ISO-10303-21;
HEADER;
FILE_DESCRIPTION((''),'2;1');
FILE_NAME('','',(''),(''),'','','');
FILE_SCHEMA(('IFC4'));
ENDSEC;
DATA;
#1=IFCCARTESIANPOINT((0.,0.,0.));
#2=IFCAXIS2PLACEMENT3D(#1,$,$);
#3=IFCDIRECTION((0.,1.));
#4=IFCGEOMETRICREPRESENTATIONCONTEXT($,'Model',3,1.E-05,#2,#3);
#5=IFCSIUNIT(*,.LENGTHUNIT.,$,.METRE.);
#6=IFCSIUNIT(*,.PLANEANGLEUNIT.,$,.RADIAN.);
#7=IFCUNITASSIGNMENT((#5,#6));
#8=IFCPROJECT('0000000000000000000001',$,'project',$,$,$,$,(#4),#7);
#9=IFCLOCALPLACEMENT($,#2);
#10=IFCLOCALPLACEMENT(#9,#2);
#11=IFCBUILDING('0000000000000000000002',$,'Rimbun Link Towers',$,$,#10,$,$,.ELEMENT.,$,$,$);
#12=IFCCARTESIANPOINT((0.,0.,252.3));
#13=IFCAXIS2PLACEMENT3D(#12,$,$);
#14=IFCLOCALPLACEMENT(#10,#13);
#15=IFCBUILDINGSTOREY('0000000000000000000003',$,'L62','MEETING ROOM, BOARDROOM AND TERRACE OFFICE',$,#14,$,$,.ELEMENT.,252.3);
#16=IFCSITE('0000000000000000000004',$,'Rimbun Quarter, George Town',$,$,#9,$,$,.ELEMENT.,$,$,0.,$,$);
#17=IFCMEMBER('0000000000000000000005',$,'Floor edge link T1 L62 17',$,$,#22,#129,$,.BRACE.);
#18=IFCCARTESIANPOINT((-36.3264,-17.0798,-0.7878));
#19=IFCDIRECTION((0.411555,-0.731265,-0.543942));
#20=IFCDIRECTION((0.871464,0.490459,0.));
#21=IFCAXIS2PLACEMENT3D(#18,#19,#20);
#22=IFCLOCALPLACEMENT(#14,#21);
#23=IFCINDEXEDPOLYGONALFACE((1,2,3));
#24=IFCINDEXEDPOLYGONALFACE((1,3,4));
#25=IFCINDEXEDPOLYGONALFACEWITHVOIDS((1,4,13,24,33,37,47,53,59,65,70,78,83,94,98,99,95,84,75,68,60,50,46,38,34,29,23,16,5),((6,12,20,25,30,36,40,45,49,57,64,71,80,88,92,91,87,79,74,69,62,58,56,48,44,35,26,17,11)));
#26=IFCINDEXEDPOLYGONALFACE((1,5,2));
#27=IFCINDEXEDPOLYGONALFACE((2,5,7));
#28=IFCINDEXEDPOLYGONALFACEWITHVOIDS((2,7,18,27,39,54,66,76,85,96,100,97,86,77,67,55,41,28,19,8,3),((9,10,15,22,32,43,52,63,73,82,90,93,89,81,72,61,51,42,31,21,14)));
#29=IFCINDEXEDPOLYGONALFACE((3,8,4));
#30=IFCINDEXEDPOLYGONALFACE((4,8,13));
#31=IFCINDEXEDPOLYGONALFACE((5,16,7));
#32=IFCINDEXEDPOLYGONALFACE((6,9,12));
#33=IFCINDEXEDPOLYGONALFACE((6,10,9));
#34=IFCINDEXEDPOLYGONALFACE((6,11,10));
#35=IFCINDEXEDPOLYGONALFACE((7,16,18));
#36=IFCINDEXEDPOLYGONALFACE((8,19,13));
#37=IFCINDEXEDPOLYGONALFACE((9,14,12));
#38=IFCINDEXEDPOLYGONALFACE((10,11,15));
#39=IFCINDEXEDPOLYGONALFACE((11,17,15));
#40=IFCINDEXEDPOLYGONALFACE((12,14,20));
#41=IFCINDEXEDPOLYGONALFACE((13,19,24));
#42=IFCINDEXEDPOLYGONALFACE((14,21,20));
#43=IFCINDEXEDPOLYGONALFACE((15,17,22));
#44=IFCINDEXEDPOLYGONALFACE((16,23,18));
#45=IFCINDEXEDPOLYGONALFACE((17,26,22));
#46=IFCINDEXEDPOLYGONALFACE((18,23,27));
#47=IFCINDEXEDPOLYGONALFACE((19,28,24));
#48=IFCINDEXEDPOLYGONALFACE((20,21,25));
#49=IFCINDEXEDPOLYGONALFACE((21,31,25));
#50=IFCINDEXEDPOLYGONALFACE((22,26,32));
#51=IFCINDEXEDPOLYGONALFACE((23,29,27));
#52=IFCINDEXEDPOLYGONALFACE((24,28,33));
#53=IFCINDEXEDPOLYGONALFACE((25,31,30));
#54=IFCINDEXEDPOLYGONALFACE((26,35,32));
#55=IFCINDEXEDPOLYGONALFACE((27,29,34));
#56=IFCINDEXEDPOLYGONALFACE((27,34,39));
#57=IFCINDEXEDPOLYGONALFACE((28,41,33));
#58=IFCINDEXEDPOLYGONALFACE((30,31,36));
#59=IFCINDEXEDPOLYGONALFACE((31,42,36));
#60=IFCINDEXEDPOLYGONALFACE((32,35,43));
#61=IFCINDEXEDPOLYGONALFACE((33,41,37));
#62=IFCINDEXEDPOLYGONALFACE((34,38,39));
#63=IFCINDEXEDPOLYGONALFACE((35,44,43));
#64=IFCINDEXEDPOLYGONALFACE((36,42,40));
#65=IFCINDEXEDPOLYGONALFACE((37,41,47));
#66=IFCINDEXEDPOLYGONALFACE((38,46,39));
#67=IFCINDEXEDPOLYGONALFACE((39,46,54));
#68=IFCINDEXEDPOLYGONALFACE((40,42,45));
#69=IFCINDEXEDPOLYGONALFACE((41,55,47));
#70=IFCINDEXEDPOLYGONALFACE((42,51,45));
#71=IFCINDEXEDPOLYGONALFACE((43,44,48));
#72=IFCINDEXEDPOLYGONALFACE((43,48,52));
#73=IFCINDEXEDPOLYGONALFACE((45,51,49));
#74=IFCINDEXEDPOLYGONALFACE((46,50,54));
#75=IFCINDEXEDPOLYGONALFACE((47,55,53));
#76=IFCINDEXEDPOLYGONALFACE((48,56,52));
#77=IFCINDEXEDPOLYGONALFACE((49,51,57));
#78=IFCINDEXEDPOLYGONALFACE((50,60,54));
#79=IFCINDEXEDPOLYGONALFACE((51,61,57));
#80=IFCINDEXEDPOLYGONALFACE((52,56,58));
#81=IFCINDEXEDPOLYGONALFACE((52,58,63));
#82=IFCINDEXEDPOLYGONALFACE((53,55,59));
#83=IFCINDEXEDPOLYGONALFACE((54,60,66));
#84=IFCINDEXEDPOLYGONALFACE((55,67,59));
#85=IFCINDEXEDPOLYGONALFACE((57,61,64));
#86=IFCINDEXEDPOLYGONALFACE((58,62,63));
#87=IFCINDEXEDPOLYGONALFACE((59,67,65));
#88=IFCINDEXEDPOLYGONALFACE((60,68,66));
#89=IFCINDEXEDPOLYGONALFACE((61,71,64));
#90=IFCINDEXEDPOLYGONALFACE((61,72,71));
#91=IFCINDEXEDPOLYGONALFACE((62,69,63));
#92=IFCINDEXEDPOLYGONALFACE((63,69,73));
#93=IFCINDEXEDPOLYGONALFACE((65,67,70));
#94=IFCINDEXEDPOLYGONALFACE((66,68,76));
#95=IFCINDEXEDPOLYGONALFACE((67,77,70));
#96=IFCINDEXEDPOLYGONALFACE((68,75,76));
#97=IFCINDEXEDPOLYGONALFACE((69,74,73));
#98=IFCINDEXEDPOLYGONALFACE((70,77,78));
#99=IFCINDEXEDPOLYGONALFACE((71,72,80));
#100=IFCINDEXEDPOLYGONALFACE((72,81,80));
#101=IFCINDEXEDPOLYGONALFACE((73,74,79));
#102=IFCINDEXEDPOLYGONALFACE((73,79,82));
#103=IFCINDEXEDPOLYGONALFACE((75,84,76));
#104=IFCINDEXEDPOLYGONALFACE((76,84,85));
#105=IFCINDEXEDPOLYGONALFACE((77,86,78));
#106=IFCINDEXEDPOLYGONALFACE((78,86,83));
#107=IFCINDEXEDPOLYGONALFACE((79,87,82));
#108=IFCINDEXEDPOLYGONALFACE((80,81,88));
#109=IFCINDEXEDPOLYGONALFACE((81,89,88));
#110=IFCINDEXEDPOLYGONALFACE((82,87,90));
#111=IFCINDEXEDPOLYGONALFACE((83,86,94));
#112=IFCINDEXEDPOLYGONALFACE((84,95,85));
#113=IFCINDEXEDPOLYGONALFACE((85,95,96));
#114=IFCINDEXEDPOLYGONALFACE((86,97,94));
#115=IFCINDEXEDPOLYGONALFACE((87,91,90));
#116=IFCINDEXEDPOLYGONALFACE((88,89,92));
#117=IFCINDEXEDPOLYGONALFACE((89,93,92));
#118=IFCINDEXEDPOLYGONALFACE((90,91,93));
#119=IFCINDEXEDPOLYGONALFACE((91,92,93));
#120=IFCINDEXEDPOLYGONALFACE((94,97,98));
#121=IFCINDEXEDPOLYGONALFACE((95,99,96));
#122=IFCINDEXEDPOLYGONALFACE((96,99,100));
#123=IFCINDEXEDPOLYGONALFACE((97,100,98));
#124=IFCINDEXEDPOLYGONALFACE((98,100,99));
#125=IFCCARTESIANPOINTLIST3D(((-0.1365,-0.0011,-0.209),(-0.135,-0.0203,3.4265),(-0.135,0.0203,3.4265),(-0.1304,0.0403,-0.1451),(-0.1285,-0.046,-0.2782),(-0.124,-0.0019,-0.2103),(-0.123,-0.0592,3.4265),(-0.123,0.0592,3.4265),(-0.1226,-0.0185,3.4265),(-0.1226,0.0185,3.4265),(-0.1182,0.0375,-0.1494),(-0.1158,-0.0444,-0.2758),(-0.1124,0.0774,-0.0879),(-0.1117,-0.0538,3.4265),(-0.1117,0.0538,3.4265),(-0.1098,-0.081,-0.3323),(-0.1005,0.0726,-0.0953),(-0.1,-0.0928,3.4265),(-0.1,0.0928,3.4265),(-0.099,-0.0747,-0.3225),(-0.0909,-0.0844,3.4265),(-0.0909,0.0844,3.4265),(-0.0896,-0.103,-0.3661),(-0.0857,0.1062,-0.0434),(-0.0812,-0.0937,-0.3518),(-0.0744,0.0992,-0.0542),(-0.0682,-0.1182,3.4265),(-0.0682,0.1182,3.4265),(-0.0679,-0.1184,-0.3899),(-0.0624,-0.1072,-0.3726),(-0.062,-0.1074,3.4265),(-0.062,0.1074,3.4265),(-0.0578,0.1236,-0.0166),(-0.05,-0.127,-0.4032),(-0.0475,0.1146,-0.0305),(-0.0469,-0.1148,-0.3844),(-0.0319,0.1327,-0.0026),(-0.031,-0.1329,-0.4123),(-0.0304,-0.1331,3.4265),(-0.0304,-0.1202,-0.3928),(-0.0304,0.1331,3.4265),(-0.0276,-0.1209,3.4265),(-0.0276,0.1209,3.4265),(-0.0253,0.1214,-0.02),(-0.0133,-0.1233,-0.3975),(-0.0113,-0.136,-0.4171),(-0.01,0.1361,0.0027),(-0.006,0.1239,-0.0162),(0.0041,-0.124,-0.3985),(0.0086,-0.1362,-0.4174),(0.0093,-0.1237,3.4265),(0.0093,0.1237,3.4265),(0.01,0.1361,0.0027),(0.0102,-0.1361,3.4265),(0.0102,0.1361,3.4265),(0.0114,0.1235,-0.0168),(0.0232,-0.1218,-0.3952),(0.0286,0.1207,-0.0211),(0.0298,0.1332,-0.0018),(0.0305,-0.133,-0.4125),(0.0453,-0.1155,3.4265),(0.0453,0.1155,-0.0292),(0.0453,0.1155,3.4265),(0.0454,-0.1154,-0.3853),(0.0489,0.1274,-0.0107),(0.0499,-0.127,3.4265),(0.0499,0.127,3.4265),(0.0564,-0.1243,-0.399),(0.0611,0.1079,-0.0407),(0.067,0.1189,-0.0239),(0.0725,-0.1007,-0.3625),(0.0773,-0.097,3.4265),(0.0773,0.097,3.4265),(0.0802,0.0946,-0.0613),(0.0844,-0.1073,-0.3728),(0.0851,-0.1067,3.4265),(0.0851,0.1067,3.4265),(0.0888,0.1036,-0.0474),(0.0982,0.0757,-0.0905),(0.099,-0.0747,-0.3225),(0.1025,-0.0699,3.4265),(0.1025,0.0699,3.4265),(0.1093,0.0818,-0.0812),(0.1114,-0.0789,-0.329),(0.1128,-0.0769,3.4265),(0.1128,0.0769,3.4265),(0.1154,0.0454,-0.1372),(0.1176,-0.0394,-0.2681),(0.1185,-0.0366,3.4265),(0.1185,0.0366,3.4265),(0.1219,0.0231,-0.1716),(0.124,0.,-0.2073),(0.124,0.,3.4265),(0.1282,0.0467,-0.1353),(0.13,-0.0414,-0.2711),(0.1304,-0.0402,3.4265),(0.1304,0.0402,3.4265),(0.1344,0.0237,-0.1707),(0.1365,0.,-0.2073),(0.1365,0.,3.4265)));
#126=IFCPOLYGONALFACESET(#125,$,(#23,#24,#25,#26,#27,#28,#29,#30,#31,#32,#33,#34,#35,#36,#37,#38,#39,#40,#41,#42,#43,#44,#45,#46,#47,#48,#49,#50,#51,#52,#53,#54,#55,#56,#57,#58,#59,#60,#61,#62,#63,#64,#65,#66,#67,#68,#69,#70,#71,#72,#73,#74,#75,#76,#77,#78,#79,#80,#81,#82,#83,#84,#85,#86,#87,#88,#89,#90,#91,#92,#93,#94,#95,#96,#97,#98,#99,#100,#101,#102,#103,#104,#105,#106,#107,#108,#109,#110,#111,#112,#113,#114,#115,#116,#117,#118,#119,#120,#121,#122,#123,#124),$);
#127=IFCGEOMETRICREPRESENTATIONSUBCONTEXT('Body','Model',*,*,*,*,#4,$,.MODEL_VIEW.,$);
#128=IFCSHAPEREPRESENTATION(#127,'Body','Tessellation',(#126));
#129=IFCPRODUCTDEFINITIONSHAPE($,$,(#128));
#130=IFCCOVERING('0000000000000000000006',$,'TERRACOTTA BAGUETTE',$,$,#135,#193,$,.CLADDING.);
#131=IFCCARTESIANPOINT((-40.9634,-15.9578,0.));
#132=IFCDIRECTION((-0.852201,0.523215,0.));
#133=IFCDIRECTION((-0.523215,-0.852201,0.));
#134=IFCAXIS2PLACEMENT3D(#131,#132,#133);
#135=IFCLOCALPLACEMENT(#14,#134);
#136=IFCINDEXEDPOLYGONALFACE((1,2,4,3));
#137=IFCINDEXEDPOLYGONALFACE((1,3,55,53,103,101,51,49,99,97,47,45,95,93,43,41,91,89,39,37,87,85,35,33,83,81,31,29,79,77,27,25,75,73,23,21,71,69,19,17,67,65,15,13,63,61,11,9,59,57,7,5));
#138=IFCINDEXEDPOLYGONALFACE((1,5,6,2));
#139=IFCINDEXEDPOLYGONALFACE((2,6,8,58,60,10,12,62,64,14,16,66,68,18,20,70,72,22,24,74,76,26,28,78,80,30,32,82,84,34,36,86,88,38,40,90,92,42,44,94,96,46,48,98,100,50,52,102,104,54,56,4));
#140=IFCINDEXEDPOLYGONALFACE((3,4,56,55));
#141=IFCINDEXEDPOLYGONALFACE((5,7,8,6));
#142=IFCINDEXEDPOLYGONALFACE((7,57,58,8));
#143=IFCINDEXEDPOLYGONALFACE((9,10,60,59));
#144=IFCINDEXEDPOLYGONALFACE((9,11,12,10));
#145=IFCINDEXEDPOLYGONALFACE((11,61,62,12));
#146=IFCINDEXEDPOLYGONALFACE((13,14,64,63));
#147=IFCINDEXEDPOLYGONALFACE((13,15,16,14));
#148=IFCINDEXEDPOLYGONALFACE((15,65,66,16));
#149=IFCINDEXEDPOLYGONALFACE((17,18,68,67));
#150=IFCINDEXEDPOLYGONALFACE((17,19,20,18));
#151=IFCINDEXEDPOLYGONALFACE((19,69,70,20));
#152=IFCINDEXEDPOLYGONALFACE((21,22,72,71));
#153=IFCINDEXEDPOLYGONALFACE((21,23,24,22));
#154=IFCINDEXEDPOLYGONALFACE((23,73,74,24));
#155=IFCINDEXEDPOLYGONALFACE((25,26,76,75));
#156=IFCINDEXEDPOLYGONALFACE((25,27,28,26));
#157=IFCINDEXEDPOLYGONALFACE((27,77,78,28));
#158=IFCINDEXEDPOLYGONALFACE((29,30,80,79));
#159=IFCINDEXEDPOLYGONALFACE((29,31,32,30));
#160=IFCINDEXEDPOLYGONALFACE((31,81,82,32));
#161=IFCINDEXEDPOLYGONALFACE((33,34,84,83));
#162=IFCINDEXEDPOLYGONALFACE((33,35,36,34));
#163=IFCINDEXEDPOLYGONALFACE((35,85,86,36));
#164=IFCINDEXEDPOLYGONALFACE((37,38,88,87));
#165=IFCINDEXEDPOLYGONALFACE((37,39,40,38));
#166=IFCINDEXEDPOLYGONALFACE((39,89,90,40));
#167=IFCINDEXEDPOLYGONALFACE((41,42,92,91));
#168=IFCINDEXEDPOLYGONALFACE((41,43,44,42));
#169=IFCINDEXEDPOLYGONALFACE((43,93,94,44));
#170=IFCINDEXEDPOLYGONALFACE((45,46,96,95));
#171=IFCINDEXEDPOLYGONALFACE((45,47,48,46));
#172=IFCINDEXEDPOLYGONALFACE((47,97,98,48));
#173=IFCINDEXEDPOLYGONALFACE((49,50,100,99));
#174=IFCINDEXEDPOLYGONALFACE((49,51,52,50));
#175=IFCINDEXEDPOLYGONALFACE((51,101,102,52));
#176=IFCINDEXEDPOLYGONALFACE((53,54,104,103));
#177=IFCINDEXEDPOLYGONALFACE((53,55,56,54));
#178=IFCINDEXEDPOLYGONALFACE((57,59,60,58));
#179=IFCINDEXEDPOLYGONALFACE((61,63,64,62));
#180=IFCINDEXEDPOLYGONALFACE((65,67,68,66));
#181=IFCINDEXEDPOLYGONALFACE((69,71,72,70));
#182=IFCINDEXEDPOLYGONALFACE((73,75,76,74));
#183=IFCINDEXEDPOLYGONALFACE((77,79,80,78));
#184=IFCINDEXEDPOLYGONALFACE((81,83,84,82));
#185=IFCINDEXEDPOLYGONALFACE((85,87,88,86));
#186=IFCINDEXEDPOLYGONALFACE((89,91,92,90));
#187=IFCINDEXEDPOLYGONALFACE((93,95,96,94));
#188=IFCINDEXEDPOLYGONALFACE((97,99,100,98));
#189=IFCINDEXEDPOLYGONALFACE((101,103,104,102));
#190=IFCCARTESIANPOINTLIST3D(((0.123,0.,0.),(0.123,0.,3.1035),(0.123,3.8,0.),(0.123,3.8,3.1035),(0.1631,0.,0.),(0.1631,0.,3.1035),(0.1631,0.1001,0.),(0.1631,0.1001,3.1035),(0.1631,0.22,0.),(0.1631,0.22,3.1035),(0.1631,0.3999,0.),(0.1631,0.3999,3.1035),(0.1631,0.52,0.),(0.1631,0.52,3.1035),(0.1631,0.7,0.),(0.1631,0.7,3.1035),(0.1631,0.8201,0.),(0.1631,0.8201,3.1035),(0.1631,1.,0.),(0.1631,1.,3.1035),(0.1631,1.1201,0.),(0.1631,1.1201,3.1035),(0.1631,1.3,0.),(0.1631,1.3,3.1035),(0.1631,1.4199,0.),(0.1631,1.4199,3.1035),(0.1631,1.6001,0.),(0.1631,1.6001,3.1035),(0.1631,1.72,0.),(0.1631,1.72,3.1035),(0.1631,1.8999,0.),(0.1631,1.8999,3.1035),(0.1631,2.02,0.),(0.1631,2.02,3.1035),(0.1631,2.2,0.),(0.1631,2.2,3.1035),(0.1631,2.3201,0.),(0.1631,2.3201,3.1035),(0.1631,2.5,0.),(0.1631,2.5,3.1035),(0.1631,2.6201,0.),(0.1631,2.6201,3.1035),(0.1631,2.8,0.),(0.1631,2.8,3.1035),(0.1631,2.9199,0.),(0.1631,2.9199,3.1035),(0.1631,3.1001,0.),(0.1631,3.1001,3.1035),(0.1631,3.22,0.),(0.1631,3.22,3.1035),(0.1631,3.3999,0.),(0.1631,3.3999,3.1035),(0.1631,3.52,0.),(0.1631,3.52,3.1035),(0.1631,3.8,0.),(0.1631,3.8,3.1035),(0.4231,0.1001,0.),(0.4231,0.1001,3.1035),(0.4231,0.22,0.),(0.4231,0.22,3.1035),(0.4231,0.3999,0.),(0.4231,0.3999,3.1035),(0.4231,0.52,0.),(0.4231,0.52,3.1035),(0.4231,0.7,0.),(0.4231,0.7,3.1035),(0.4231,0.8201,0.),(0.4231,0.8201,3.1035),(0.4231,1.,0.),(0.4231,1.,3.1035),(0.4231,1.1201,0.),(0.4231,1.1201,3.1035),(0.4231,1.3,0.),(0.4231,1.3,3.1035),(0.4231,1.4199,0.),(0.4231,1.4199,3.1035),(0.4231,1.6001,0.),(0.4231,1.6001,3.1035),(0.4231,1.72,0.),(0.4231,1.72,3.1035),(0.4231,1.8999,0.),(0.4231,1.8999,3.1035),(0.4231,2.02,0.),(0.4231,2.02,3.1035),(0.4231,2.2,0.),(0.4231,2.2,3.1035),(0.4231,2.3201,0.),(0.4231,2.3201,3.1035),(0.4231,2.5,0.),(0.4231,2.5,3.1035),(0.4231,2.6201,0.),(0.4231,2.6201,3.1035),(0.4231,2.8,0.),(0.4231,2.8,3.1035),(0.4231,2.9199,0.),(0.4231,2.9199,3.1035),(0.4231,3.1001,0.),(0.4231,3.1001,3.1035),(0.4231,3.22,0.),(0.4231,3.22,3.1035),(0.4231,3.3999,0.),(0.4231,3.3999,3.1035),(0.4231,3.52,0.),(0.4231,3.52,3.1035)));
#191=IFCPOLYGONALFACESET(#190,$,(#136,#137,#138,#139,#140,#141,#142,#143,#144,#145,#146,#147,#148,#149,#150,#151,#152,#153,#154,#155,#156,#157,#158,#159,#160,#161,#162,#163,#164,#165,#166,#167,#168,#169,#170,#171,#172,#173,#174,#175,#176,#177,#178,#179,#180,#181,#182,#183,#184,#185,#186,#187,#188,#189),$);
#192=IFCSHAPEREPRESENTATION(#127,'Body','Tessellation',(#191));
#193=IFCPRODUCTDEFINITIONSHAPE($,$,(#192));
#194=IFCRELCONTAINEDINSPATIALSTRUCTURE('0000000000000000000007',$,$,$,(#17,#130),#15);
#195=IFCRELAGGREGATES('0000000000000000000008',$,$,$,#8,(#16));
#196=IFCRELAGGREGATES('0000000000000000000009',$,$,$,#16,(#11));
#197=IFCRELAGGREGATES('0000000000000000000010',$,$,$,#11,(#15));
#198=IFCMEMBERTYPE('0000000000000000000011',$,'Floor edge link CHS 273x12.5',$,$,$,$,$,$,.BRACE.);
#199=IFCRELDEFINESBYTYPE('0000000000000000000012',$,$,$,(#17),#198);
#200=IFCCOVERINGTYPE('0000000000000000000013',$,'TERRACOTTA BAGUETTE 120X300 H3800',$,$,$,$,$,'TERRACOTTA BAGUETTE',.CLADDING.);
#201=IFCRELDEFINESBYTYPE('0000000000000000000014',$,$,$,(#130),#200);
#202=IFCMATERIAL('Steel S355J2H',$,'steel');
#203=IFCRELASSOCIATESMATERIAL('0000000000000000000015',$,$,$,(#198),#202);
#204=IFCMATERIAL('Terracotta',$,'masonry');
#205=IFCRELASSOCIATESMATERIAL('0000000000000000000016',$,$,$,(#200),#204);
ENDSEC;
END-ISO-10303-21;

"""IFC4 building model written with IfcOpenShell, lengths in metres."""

from ifc_helpers import new_model, si_unit, direction, frame, origin, origin_2d, place, context, subcontext, project, spatial, polyline, hollow_circle, outline, extrude, clip, halfspace, material, material_profile, profile_set, type_object, element, save


model = new_model("IFC4")

# Units and contexts
model_context = context("Model", 3, precision=1e-05, world=origin(), true_north=direction((0.0, 1.0)))
body_context = subcontext(model_context, "Body", "Model", "MODEL_VIEW")
ifc_project = project(units=[si_unit("LENGTHUNIT", "METRE"), si_unit("PLANEANGLEUNIT", "RADIAN")], contexts=[model_context])

# Site, building, storey
site_placement = place(None, origin())
site = spatial("IfcSite", under=ifc_project, at=site_placement, Name="Rimbun Quarter, George Town", CompositionType="ELEMENT", RefElevation=0.0)
building_placement = place(site_placement, origin())
building = spatial("IfcBuilding", under=site, at=building_placement, Name="Rimbun Link Towers", CompositionType="ELEMENT")
storey_placement = place(building_placement, frame((0.0, 0.0, 252.3)))
storey = spatial("IfcBuildingStorey", under=building, at=storey_placement, Name="L62", Description="MEETING ROOM, BOARDROOM AND TERRACE OFFICE", CompositionType="ELEMENT", Elevation=252.3)

# Member
ifc_material_1 = material(Name="Steel S355J2H", Category="steel")
ifc_material_profile_1 = material_profile(ifc_material_1, hollow_circle(Radius=0.1365, WallThickness=0.0125, at=origin_2d()), Name="CHS 273x12.5")
ifc_profile_set_1 = profile_set([ifc_material_profile_1], Name="Steel S355J2H")
member_type_1 = type_object("IfcMemberType", Name="Floor edge link CHS 273x12.5", PredefinedType="BRACE", material=ifc_profile_set_1)
member_1_placement = place(storey_placement, frame((-36.3264, -17.0798, -0.7878), z_axis=(0.411555, -0.731265, -0.543942), x_axis=(0.871464, 0.490459, 0.0)))
element("IfcMember", 1, at=member_1_placement, inside=storey, type_object=member_type_1, Name="Floor edge link T1 L62 17", PredefinedType="BRACE", context=body_context, shape_type="Clipping", body=[
    clip(extrude(hollow_circle(Radius=0.1365, WallThickness=0.0125, at=origin_2d()), frame((0.0, 0.0, -0.4395)), (0.0, 0.0, 1.0), 3.866), halfspace(frame((0.0, 0.0, -0.2073), z_axis=(0.0, 0.839123, -0.543942)), False)),
])

# Covering
ifc_material_2 = material(Name="Terracotta", Category="masonry")
ifc_material_profile_2 = material_profile(ifc_material_2, outline(polyline([(0.123, 0.0), (0.1631, 0.0), (0.1631, 0.1001), (0.4231, 0.1001), (0.4231, 0.22), (0.1631, 0.22), (0.1631, 0.3999), (0.4231, 0.3999), (0.4231, 0.52), (0.1631, 0.52), (0.1631, 0.7), (0.4231, 0.7), (0.4231, 0.8201), (0.1631, 0.8201), (0.1631, 1.0), (0.4231, 1.0), (0.4231, 1.1201), (0.1631, 1.1201), (0.1631, 1.3), (0.4231, 1.3), (0.4231, 1.4199), (0.1631, 1.4199), (0.1631, 1.6001), (0.4231, 1.6001), (0.4231, 1.72), (0.1631, 1.72), (0.1631, 1.8999), (0.4231, 1.8999), (0.4231, 2.02), (0.1631, 2.02), (0.1631, 2.2), (0.4231, 2.2), (0.4231, 2.3201), (0.1631, 2.3201), (0.1631, 2.5), (0.4231, 2.5), (0.4231, 2.6201), (0.1631, 2.6201), (0.1631, 2.8), (0.4231, 2.8), (0.4231, 2.9199), (0.1631, 2.9199), (0.1631, 3.1001), (0.4231, 3.1001), (0.4231, 3.22), (0.1631, 3.22), (0.1631, 3.3999), (0.4231, 3.3999), (0.4231, 3.52), (0.1631, 3.52), (0.1631, 3.8), (0.123, 3.8), (0.123, 0.0)])), Name="BAGUETTE 120X300")
ifc_profile_set_2 = profile_set([ifc_material_profile_2], Name="Terracotta")
covering_type = type_object("IfcCoveringType", Name="TERRACOTTA BAGUETTE 120X300 H3800", ElementType="TERRACOTTA BAGUETTE", PredefinedType="CLADDING", material=ifc_profile_set_2)
covering_1_placement = place(storey_placement, frame((-40.9634, -15.9578, 0.0), z_axis=(-0.852201, 0.523215, 0.0), x_axis=(-0.523215, -0.852201, 0.0)))
element("IfcCovering", 2, at=covering_1_placement, inside=storey, type_object=covering_type, Name="TERRACOTTA BAGUETTE", PredefinedType="CLADDING", context=body_context, shape_type="SweptSolid", body=[
    extrude(outline(polyline([(0.123, 0.0), (0.1631, 0.0), (0.1631, 0.1001), (0.4231, 0.1001), (0.4231, 0.22), (0.1631, 0.22), (0.1631, 0.3999), (0.4231, 0.3999), (0.4231, 0.52), (0.1631, 0.52), (0.1631, 0.7), (0.4231, 0.7), (0.4231, 0.8201), (0.1631, 0.8201), (0.1631, 1.0), (0.4231, 1.0), (0.4231, 1.1201), (0.1631, 1.1201), (0.1631, 1.3), (0.4231, 1.3), (0.4231, 1.4199), (0.1631, 1.4199), (0.1631, 1.6001), (0.4231, 1.6001), (0.4231, 1.72), (0.1631, 1.72), (0.1631, 1.8999), (0.4231, 1.8999), (0.4231, 2.02), (0.1631, 2.02), (0.1631, 2.2), (0.4231, 2.2), (0.4231, 2.3201), (0.1631, 2.3201), (0.1631, 2.5), (0.4231, 2.5), (0.4231, 2.6201), (0.1631, 2.6201), (0.1631, 2.8), (0.4231, 2.8), (0.4231, 2.9199), (0.1631, 2.9199), (0.1631, 3.1001), (0.4231, 3.1001), (0.4231, 3.22), (0.1631, 3.22), (0.1631, 3.3999), (0.4231, 3.3999), (0.4231, 3.52), (0.1631, 3.52), (0.1631, 3.8), (0.123, 3.8), (0.123, 0.0)])), origin(), (0.0, 0.0, 1.0), 3.1035),
])

save(model, "model.ifc")
